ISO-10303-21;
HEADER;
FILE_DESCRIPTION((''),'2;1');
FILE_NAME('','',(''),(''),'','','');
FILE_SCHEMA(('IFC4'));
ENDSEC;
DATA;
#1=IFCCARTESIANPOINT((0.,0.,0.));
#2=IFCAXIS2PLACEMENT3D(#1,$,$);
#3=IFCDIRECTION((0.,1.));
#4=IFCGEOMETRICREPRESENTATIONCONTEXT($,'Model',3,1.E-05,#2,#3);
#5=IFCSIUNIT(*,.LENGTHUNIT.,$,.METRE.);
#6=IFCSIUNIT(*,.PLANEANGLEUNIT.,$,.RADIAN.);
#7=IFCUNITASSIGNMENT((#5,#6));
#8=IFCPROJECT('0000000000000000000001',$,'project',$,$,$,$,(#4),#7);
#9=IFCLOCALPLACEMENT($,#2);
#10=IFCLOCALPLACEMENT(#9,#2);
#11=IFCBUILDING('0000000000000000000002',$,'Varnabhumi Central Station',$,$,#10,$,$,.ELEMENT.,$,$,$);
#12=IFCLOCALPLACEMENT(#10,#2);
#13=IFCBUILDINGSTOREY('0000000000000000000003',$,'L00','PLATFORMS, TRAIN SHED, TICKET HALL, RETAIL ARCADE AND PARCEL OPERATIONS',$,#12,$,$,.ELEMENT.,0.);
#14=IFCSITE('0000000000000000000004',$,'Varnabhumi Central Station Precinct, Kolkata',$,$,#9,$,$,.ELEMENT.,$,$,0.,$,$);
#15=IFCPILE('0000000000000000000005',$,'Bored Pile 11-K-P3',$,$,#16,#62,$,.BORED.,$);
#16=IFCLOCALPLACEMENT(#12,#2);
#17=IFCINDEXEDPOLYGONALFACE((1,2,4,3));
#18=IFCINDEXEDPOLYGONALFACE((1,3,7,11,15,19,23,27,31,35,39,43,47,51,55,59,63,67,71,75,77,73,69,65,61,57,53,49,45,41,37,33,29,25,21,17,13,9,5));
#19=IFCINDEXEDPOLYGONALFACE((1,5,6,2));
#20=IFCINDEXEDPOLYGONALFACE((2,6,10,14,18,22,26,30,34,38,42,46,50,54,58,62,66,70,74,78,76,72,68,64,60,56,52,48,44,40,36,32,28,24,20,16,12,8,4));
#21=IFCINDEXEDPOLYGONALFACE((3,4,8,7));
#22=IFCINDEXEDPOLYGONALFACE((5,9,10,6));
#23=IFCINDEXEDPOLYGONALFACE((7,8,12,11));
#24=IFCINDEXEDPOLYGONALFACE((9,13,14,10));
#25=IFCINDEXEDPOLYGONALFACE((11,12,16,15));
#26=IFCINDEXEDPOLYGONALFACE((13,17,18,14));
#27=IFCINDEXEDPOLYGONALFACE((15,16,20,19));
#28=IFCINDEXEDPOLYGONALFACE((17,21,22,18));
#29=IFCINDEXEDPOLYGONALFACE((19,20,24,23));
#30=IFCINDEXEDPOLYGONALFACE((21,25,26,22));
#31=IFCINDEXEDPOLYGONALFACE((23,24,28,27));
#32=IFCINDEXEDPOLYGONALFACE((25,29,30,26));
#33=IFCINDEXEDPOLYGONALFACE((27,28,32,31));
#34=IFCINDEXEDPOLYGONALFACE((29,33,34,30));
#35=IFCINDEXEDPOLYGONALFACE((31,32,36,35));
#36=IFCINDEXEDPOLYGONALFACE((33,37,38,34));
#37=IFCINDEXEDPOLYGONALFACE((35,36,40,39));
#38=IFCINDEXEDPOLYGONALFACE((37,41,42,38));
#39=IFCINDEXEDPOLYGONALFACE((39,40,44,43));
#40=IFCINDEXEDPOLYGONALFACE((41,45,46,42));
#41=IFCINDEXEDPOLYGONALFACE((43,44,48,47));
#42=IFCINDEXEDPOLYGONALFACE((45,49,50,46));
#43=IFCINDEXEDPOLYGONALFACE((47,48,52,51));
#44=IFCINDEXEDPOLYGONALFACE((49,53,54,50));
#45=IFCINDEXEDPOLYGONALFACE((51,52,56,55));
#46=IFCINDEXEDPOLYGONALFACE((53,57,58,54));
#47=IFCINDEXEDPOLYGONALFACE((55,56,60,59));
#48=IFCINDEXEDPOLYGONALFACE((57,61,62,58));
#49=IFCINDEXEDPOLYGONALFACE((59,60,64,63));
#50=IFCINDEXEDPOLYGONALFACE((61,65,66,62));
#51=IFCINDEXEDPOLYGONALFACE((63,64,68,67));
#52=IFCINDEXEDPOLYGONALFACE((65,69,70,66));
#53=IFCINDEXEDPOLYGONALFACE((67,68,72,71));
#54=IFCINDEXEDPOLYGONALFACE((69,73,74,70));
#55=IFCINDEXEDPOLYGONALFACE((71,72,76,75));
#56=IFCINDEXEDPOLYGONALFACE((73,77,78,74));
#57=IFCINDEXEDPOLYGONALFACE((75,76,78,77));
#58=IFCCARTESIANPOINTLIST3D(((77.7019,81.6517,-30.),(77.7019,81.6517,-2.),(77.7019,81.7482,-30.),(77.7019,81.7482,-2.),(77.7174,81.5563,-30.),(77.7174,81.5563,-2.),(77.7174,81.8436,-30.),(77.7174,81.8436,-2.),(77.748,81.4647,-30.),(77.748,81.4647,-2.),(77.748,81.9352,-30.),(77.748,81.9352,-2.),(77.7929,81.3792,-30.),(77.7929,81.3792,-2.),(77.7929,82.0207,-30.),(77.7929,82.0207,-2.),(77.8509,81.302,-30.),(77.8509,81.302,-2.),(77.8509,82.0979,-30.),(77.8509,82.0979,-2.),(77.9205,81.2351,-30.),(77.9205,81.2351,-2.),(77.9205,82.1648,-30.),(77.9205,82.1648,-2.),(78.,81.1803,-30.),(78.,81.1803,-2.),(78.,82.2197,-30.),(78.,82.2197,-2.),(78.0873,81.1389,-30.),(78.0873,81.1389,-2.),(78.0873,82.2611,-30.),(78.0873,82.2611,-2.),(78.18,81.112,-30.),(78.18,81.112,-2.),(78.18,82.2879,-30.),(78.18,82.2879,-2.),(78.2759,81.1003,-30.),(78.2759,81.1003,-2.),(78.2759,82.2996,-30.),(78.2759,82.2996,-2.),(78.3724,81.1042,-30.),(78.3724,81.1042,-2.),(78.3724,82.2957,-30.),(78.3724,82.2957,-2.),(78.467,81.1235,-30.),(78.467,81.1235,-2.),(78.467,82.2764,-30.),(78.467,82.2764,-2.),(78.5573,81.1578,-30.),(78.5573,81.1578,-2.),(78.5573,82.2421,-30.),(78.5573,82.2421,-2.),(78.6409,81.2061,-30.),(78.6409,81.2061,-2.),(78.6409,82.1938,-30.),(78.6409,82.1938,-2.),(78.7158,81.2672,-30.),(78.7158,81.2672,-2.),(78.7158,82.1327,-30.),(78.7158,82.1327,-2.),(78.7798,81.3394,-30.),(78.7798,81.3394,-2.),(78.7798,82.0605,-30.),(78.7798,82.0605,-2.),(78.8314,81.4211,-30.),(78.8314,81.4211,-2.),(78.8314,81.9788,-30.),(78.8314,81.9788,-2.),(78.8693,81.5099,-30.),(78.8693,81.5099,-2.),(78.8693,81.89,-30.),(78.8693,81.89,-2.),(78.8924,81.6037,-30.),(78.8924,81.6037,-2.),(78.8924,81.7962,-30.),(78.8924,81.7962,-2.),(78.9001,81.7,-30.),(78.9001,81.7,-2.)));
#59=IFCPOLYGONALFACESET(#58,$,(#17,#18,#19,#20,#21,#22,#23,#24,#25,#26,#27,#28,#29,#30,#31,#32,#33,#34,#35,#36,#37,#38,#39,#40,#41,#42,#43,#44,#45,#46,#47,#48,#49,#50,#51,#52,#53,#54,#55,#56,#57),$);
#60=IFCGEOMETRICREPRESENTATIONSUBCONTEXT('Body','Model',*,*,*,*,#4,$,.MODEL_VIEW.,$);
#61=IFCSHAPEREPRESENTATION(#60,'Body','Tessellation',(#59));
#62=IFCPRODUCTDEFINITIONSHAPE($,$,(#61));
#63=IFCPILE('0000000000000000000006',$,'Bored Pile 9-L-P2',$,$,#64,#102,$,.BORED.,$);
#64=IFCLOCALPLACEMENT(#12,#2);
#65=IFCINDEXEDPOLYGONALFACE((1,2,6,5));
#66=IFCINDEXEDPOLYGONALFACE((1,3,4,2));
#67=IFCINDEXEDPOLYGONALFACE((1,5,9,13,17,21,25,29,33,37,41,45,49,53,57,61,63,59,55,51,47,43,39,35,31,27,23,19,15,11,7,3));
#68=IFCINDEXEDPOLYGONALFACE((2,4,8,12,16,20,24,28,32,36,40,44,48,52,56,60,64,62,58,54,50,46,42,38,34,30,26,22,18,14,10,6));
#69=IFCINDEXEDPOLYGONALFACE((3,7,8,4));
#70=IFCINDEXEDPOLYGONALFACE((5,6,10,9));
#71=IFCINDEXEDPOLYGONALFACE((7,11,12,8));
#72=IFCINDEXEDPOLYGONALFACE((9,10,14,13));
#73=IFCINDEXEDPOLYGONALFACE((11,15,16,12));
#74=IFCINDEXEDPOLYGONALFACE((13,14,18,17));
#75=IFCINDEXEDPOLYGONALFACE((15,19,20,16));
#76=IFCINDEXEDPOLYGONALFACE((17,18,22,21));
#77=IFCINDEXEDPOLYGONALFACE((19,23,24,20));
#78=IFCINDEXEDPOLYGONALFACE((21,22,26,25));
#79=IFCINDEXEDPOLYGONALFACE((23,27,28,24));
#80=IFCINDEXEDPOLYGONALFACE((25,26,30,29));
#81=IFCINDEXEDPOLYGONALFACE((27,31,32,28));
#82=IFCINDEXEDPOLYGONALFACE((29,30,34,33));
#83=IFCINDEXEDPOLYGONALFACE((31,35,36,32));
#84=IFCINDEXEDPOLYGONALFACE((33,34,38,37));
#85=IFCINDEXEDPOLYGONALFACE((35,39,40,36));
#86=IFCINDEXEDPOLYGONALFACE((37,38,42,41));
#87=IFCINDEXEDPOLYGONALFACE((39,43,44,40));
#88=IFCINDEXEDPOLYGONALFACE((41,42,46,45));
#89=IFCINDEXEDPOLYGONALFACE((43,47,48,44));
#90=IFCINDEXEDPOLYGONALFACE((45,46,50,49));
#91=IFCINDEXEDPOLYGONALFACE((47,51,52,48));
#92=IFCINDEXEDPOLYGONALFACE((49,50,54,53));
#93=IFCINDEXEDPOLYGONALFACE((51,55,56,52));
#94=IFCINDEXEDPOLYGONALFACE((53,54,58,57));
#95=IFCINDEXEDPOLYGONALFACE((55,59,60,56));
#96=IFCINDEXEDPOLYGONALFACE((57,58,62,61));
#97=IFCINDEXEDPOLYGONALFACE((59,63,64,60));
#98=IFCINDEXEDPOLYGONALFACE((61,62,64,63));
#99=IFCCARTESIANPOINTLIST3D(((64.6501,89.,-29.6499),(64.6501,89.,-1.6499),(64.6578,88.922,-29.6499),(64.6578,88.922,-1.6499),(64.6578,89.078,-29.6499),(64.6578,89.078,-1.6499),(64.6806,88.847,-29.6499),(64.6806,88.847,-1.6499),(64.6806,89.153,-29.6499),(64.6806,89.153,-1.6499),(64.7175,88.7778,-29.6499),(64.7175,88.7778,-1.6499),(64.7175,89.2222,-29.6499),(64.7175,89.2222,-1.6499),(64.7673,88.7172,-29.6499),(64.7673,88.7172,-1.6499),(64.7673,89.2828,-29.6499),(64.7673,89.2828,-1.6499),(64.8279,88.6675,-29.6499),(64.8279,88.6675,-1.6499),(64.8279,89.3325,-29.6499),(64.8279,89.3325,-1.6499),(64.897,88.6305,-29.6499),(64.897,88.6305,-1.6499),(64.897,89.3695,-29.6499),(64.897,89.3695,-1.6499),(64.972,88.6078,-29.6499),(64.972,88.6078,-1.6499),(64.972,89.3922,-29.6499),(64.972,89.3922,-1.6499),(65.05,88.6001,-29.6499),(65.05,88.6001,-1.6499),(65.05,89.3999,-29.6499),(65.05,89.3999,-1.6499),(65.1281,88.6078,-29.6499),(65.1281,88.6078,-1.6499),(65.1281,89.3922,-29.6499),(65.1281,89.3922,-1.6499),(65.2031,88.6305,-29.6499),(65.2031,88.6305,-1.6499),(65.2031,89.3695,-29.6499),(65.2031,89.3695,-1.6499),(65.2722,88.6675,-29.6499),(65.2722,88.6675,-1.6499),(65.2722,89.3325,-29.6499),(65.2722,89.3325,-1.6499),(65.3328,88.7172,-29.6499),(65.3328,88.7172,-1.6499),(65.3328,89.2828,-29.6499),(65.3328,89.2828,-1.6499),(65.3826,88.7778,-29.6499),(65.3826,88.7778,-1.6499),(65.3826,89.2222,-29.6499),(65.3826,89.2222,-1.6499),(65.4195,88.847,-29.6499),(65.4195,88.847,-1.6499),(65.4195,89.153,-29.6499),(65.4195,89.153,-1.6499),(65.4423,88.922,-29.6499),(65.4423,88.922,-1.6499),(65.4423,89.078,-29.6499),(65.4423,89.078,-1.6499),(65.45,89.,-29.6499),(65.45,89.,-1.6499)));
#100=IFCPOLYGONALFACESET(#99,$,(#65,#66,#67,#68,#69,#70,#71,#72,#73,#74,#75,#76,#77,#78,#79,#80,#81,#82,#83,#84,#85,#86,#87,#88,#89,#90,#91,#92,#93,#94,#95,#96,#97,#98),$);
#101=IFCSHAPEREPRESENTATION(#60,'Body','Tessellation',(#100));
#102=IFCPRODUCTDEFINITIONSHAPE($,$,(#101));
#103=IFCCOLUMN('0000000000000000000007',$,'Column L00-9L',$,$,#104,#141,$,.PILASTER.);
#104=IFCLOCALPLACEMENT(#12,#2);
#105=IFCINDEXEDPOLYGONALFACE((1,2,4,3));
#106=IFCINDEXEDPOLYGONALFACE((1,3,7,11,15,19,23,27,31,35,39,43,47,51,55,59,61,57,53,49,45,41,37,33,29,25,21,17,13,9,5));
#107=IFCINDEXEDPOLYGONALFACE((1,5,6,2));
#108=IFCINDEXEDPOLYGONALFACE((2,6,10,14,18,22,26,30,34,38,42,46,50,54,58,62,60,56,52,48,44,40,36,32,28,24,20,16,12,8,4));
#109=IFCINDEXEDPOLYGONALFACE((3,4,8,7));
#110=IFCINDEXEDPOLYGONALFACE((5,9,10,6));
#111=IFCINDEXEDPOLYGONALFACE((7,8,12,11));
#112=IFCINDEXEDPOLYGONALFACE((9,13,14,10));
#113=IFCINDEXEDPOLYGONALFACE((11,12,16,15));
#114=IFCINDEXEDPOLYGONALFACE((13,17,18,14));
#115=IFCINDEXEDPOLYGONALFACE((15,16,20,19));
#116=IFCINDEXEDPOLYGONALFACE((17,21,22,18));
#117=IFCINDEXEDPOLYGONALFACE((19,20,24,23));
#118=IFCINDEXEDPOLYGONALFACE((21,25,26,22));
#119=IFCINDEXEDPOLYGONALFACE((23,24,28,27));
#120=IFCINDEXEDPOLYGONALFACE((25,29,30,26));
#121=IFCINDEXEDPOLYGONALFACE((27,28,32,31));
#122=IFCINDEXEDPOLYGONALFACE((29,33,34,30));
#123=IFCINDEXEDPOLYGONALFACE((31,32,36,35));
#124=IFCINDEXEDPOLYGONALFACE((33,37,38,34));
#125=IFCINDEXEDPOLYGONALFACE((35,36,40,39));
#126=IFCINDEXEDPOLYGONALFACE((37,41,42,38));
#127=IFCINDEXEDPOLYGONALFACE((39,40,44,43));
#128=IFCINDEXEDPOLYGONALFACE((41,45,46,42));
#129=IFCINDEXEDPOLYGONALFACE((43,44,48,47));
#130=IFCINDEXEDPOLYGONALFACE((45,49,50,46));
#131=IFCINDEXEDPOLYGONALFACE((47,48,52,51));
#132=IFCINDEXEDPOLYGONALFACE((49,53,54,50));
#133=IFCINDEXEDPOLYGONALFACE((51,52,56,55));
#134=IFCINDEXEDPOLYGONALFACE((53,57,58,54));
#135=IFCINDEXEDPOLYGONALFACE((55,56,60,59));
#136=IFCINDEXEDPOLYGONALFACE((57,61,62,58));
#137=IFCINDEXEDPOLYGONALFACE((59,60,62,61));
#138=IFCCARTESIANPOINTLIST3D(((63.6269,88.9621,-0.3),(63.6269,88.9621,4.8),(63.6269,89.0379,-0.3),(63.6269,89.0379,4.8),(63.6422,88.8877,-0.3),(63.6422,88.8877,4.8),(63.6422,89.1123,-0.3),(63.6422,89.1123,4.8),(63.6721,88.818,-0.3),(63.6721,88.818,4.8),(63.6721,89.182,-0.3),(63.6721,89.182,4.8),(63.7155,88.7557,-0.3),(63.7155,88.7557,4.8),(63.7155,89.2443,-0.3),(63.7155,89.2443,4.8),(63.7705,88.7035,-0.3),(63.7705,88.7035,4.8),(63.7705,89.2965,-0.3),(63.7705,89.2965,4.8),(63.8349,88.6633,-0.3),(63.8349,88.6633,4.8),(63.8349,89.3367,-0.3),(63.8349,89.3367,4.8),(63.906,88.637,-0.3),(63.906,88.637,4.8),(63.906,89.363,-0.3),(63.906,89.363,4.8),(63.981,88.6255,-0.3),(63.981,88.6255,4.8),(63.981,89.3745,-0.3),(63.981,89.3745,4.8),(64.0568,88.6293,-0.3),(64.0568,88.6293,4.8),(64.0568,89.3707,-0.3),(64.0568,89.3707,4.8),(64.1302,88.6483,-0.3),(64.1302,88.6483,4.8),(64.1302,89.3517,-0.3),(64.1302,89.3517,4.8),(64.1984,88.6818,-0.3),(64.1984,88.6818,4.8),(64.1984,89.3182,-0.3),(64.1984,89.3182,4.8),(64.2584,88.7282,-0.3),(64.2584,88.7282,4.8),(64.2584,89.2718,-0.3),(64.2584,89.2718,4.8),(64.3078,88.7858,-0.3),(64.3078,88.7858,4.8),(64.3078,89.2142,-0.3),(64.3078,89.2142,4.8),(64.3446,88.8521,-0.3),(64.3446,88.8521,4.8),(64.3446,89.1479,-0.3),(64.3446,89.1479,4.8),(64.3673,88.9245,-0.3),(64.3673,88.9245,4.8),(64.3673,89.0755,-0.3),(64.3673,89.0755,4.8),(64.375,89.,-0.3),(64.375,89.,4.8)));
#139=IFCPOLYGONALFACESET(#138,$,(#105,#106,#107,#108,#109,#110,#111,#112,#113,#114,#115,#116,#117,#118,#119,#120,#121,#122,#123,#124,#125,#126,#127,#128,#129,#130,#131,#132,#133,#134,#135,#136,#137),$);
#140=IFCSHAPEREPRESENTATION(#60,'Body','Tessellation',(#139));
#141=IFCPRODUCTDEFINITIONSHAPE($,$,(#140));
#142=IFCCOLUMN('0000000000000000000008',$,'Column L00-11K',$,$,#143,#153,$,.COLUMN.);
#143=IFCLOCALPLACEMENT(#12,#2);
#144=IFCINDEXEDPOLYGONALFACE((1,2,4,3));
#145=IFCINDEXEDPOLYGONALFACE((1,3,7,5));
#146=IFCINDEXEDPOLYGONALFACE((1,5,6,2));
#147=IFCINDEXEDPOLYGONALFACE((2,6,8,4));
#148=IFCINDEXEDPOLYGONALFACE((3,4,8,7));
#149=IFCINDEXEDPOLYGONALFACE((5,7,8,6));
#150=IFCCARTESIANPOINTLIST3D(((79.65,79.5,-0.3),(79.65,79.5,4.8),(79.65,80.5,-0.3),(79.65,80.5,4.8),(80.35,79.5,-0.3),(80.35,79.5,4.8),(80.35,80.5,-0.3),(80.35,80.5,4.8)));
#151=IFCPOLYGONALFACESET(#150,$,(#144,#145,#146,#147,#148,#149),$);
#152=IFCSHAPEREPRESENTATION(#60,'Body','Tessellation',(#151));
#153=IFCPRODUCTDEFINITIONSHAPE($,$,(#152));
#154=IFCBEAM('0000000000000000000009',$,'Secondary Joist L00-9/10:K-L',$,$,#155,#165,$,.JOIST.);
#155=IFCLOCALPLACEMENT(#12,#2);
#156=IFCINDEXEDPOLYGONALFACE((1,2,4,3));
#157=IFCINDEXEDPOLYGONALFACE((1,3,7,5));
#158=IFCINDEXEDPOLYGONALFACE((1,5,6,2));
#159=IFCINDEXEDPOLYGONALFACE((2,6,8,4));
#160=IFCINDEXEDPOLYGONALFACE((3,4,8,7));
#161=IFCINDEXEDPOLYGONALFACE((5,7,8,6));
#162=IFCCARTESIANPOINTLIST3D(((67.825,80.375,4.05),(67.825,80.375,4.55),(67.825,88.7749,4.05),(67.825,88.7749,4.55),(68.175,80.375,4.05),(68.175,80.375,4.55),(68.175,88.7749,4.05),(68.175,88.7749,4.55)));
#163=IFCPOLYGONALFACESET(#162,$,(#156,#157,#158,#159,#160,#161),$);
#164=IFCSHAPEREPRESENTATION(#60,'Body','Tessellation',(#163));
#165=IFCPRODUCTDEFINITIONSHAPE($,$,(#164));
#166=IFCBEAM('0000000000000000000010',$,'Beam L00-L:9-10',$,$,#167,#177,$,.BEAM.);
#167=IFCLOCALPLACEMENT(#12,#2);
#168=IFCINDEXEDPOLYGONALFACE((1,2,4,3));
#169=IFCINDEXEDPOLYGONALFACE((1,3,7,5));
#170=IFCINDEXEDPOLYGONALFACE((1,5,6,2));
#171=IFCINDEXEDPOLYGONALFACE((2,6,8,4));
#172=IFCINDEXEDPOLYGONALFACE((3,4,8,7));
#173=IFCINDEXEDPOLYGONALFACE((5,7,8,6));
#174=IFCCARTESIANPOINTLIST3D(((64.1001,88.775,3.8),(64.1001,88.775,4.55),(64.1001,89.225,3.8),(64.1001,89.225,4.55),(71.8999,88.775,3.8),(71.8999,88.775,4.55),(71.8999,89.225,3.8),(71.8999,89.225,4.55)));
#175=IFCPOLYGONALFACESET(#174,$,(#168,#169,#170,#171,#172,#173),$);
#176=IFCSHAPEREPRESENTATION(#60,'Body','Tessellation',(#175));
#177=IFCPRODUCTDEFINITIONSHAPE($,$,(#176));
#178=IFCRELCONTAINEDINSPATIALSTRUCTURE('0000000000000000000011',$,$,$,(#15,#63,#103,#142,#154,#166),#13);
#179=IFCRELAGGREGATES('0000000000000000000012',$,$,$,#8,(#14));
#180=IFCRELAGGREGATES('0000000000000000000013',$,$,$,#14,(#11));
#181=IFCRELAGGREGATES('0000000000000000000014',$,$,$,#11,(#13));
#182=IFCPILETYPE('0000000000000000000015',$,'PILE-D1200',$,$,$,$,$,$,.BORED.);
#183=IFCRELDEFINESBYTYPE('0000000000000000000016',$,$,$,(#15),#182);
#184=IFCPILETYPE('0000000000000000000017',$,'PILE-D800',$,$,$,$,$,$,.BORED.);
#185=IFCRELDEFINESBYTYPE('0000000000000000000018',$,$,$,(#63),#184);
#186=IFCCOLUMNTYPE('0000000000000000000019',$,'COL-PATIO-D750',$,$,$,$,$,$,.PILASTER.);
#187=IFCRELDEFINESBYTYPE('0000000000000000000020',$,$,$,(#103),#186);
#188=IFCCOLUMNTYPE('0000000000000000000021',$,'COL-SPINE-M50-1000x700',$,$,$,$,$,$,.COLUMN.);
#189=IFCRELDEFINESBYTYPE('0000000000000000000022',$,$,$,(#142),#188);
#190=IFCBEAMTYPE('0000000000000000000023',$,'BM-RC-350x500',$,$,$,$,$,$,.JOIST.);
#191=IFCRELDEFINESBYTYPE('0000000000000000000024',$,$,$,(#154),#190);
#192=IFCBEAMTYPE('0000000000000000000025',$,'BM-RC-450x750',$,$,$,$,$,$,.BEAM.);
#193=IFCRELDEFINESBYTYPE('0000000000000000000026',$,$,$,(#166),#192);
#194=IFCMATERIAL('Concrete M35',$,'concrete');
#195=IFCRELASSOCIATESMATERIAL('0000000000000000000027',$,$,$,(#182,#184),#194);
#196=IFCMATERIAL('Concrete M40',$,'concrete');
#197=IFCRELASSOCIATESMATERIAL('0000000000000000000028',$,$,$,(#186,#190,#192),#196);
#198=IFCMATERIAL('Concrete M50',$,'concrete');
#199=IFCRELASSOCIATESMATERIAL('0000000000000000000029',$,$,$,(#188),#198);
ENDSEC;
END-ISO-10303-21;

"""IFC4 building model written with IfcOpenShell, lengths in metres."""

from ifc_helpers import new_model, si_unit, direction, frame, origin, origin_2d, place, context, subcontext, project, spatial, rectangle, circle, extrude, material, material_profile, profile_set, type_object, element, save


model = new_model("IFC4")

# Units and contexts
model_context = context("Model", 3, precision=1e-05, world=origin(), true_north=direction((0.0, 1.0)))
body_context = subcontext(model_context, "Body", "Model", "MODEL_VIEW")
ifc_project = project(units=[si_unit("LENGTHUNIT", "METRE"), si_unit("PLANEANGLEUNIT", "RADIAN")], contexts=[model_context])

# Site, building, storey
site_placement = place(None, origin())
site = spatial("IfcSite", under=ifc_project, at=site_placement, Name="Varnabhumi Central Station Precinct, Kolkata", CompositionType="ELEMENT", RefElevation=0.0)
building_placement = place(site_placement, origin())
building = spatial("IfcBuilding", under=site, at=building_placement, Name="Varnabhumi Central Station", CompositionType="ELEMENT")
storey_placement = place(building_placement, origin())
storey = spatial("IfcBuildingStorey", under=building, at=storey_placement, Name="L00", Description="PLATFORMS, TRAIN SHED, TICKET HALL, RETAIL ARCADE AND PARCEL OPERATIONS", CompositionType="ELEMENT", Elevation=0.0)

# Shared definitions
ifc_material_1 = material(Name="Concrete M40", Category="concrete")

# Piles
ifc_material_2 = material(Name="Concrete M35", Category="concrete")
ifc_material_profile_1 = material_profile(ifc_material_2, circle(Radius=0.6001, at=origin_2d()), Name="Concrete M35", Category="concrete")
ifc_profile_set_1 = profile_set([ifc_material_profile_1], Name="Concrete M35")
pile_type_1 = type_object("IfcPileType", Name="PILE-D1200", PredefinedType="BORED", material=ifc_profile_set_1)
for number, where, z_axis, x_axis, name in (
    (1, (78.3, 81.7, -2.0), (0.0, 0.0, -1.0), (1.0, 0.0, 0.0), "Bored Pile 11-K-P3"),
):
    element("IfcPile", number, at=place(storey_placement, frame(where, z_axis=z_axis, x_axis=x_axis)), inside=storey, type_object=pile_type_1, Name=name, PredefinedType="BORED", context=body_context, shape_type="SweptSolid", body=[
        extrude(circle(Radius=0.6001, at=origin_2d()), origin(), (0.0, 0.0, 1.0), 28.0),
    ])
ifc_material_profile_2 = material_profile(ifc_material_2, circle(Radius=0.3999, at=origin_2d()), Name="Concrete M35", Category="concrete")
ifc_profile_set_2 = profile_set([ifc_material_profile_2], Name="Concrete M35")
pile_type_2 = type_object("IfcPileType", Name="PILE-D800", PredefinedType="BORED", material=ifc_profile_set_2)
pile_placement = place(storey_placement, frame((65.05, 89.0, -1.6499), z_axis=(0.0, 0.0, -1.0), x_axis=(1.0, 0.0, 0.0)))
element("IfcPile", 2, at=pile_placement, inside=storey, type_object=pile_type_2, Name="Bored Pile 9-L-P2", PredefinedType="BORED", context=body_context, shape_type="SweptSolid", body=[
    extrude(circle(Radius=0.3999, at=origin_2d()), origin(), (0.0, 0.0, 1.0), 28.0),
])

# Columns
ifc_material_profile_3 = material_profile(ifc_material_1, circle(Radius=0.375, at=origin_2d()), Name="Concrete M40", Category="concrete")
ifc_profile_set_3 = profile_set([ifc_material_profile_3], Name="Concrete M40")
column_type_1 = type_object("IfcColumnType", Name="COL-PATIO-D750", PredefinedType="PILASTER", material=ifc_profile_set_3)
column_1_placement = place(storey_placement, frame((64.0, 89.0, -0.3), z_axis=(0.0, 0.0, 1.0), x_axis=(1.0, 0.0, 0.0)))
element("IfcColumn", 3, at=column_1_placement, inside=storey, type_object=column_type_1, Name="Column L00-9L", PredefinedType="PILASTER", context=body_context, shape_type="SweptSolid", body=[
    extrude(circle(Radius=0.375, at=origin_2d()), origin(), (0.0, 0.0, 1.0), 5.1001),
])
ifc_material_3 = material(Name="Concrete M50", Category="concrete")
ifc_material_profile_4 = material_profile(ifc_material_3, rectangle(XDim=0.7, YDim=1.0, at=origin_2d()), Name="Concrete M50", Category="concrete")
ifc_profile_set_4 = profile_set([ifc_material_profile_4], Name="Concrete M50")
column_type_2 = type_object("IfcColumnType", Name="COL-SPINE-M50-1000x700", PredefinedType="COLUMN", material=ifc_profile_set_4)
column_2_placement = place(storey_placement, frame((80.0, 80.0, -0.3), z_axis=(0.0, 0.0, 1.0), x_axis=(1.0, 0.0, 0.0)))
element("IfcColumn", 4, at=column_2_placement, inside=storey, type_object=column_type_2, Name="Column L00-11K", PredefinedType="COLUMN", context=body_context, shape_type="SweptSolid", body=[
    extrude(rectangle(XDim=0.7, YDim=1.0, at=origin_2d()), origin(), (0.0, 0.0, 1.0), 5.1001),
])

# Beams
ifc_material_profile_5 = material_profile(ifc_material_1, rectangle(XDim=0.3501, YDim=0.5, at=origin_2d()), Name="Concrete M40", Category="concrete")
ifc_profile_set_5 = profile_set([ifc_material_profile_5], Name="Concrete M40")
beam_type_1 = type_object("IfcBeamType", Name="BM-RC-350x500", PredefinedType="JOIST", material=ifc_profile_set_5)
beam_1_placement = place(storey_placement, frame((68.0, 80.375, 4.3), z_axis=(0.0, 1.0, 0.0), x_axis=(-1.0, 0.0, 0.0)))
element("IfcBeam", 5, at=beam_1_placement, inside=storey, type_object=beam_type_1, Name="Secondary Joist L00-9/10:K-L", PredefinedType="JOIST", context=body_context, shape_type="SweptSolid", body=[
    extrude(rectangle(XDim=0.3501, YDim=0.5, at=origin_2d()), origin(), (0.0, 0.0, 1.0), 8.3999),
])
ifc_material_profile_6 = material_profile(ifc_material_1, rectangle(XDim=0.45, YDim=0.75, at=origin_2d()), Name="Concrete M40", Category="concrete")
ifc_profile_set_6 = profile_set([ifc_material_profile_6], Name="Concrete M40")
beam_type_2 = type_object("IfcBeamType", Name="BM-RC-450x750", PredefinedType="BEAM", material=ifc_profile_set_6)
beam_2_placement = place(storey_placement, frame((64.1001, 89.0, 4.175), z_axis=(1.0, 0.0, 0.0), x_axis=(0.0, 1.0, 0.0)))
element("IfcBeam", 6, at=beam_2_placement, inside=storey, type_object=beam_type_2, Name="Beam L00-L:9-10", PredefinedType="BEAM", context=body_context, shape_type="SweptSolid", body=[
    extrude(rectangle(XDim=0.45, YDim=0.75, at=origin_2d()), origin(), (0.0, 0.0, 1.0), 7.7998),
])

save(model, "model.ifc")
